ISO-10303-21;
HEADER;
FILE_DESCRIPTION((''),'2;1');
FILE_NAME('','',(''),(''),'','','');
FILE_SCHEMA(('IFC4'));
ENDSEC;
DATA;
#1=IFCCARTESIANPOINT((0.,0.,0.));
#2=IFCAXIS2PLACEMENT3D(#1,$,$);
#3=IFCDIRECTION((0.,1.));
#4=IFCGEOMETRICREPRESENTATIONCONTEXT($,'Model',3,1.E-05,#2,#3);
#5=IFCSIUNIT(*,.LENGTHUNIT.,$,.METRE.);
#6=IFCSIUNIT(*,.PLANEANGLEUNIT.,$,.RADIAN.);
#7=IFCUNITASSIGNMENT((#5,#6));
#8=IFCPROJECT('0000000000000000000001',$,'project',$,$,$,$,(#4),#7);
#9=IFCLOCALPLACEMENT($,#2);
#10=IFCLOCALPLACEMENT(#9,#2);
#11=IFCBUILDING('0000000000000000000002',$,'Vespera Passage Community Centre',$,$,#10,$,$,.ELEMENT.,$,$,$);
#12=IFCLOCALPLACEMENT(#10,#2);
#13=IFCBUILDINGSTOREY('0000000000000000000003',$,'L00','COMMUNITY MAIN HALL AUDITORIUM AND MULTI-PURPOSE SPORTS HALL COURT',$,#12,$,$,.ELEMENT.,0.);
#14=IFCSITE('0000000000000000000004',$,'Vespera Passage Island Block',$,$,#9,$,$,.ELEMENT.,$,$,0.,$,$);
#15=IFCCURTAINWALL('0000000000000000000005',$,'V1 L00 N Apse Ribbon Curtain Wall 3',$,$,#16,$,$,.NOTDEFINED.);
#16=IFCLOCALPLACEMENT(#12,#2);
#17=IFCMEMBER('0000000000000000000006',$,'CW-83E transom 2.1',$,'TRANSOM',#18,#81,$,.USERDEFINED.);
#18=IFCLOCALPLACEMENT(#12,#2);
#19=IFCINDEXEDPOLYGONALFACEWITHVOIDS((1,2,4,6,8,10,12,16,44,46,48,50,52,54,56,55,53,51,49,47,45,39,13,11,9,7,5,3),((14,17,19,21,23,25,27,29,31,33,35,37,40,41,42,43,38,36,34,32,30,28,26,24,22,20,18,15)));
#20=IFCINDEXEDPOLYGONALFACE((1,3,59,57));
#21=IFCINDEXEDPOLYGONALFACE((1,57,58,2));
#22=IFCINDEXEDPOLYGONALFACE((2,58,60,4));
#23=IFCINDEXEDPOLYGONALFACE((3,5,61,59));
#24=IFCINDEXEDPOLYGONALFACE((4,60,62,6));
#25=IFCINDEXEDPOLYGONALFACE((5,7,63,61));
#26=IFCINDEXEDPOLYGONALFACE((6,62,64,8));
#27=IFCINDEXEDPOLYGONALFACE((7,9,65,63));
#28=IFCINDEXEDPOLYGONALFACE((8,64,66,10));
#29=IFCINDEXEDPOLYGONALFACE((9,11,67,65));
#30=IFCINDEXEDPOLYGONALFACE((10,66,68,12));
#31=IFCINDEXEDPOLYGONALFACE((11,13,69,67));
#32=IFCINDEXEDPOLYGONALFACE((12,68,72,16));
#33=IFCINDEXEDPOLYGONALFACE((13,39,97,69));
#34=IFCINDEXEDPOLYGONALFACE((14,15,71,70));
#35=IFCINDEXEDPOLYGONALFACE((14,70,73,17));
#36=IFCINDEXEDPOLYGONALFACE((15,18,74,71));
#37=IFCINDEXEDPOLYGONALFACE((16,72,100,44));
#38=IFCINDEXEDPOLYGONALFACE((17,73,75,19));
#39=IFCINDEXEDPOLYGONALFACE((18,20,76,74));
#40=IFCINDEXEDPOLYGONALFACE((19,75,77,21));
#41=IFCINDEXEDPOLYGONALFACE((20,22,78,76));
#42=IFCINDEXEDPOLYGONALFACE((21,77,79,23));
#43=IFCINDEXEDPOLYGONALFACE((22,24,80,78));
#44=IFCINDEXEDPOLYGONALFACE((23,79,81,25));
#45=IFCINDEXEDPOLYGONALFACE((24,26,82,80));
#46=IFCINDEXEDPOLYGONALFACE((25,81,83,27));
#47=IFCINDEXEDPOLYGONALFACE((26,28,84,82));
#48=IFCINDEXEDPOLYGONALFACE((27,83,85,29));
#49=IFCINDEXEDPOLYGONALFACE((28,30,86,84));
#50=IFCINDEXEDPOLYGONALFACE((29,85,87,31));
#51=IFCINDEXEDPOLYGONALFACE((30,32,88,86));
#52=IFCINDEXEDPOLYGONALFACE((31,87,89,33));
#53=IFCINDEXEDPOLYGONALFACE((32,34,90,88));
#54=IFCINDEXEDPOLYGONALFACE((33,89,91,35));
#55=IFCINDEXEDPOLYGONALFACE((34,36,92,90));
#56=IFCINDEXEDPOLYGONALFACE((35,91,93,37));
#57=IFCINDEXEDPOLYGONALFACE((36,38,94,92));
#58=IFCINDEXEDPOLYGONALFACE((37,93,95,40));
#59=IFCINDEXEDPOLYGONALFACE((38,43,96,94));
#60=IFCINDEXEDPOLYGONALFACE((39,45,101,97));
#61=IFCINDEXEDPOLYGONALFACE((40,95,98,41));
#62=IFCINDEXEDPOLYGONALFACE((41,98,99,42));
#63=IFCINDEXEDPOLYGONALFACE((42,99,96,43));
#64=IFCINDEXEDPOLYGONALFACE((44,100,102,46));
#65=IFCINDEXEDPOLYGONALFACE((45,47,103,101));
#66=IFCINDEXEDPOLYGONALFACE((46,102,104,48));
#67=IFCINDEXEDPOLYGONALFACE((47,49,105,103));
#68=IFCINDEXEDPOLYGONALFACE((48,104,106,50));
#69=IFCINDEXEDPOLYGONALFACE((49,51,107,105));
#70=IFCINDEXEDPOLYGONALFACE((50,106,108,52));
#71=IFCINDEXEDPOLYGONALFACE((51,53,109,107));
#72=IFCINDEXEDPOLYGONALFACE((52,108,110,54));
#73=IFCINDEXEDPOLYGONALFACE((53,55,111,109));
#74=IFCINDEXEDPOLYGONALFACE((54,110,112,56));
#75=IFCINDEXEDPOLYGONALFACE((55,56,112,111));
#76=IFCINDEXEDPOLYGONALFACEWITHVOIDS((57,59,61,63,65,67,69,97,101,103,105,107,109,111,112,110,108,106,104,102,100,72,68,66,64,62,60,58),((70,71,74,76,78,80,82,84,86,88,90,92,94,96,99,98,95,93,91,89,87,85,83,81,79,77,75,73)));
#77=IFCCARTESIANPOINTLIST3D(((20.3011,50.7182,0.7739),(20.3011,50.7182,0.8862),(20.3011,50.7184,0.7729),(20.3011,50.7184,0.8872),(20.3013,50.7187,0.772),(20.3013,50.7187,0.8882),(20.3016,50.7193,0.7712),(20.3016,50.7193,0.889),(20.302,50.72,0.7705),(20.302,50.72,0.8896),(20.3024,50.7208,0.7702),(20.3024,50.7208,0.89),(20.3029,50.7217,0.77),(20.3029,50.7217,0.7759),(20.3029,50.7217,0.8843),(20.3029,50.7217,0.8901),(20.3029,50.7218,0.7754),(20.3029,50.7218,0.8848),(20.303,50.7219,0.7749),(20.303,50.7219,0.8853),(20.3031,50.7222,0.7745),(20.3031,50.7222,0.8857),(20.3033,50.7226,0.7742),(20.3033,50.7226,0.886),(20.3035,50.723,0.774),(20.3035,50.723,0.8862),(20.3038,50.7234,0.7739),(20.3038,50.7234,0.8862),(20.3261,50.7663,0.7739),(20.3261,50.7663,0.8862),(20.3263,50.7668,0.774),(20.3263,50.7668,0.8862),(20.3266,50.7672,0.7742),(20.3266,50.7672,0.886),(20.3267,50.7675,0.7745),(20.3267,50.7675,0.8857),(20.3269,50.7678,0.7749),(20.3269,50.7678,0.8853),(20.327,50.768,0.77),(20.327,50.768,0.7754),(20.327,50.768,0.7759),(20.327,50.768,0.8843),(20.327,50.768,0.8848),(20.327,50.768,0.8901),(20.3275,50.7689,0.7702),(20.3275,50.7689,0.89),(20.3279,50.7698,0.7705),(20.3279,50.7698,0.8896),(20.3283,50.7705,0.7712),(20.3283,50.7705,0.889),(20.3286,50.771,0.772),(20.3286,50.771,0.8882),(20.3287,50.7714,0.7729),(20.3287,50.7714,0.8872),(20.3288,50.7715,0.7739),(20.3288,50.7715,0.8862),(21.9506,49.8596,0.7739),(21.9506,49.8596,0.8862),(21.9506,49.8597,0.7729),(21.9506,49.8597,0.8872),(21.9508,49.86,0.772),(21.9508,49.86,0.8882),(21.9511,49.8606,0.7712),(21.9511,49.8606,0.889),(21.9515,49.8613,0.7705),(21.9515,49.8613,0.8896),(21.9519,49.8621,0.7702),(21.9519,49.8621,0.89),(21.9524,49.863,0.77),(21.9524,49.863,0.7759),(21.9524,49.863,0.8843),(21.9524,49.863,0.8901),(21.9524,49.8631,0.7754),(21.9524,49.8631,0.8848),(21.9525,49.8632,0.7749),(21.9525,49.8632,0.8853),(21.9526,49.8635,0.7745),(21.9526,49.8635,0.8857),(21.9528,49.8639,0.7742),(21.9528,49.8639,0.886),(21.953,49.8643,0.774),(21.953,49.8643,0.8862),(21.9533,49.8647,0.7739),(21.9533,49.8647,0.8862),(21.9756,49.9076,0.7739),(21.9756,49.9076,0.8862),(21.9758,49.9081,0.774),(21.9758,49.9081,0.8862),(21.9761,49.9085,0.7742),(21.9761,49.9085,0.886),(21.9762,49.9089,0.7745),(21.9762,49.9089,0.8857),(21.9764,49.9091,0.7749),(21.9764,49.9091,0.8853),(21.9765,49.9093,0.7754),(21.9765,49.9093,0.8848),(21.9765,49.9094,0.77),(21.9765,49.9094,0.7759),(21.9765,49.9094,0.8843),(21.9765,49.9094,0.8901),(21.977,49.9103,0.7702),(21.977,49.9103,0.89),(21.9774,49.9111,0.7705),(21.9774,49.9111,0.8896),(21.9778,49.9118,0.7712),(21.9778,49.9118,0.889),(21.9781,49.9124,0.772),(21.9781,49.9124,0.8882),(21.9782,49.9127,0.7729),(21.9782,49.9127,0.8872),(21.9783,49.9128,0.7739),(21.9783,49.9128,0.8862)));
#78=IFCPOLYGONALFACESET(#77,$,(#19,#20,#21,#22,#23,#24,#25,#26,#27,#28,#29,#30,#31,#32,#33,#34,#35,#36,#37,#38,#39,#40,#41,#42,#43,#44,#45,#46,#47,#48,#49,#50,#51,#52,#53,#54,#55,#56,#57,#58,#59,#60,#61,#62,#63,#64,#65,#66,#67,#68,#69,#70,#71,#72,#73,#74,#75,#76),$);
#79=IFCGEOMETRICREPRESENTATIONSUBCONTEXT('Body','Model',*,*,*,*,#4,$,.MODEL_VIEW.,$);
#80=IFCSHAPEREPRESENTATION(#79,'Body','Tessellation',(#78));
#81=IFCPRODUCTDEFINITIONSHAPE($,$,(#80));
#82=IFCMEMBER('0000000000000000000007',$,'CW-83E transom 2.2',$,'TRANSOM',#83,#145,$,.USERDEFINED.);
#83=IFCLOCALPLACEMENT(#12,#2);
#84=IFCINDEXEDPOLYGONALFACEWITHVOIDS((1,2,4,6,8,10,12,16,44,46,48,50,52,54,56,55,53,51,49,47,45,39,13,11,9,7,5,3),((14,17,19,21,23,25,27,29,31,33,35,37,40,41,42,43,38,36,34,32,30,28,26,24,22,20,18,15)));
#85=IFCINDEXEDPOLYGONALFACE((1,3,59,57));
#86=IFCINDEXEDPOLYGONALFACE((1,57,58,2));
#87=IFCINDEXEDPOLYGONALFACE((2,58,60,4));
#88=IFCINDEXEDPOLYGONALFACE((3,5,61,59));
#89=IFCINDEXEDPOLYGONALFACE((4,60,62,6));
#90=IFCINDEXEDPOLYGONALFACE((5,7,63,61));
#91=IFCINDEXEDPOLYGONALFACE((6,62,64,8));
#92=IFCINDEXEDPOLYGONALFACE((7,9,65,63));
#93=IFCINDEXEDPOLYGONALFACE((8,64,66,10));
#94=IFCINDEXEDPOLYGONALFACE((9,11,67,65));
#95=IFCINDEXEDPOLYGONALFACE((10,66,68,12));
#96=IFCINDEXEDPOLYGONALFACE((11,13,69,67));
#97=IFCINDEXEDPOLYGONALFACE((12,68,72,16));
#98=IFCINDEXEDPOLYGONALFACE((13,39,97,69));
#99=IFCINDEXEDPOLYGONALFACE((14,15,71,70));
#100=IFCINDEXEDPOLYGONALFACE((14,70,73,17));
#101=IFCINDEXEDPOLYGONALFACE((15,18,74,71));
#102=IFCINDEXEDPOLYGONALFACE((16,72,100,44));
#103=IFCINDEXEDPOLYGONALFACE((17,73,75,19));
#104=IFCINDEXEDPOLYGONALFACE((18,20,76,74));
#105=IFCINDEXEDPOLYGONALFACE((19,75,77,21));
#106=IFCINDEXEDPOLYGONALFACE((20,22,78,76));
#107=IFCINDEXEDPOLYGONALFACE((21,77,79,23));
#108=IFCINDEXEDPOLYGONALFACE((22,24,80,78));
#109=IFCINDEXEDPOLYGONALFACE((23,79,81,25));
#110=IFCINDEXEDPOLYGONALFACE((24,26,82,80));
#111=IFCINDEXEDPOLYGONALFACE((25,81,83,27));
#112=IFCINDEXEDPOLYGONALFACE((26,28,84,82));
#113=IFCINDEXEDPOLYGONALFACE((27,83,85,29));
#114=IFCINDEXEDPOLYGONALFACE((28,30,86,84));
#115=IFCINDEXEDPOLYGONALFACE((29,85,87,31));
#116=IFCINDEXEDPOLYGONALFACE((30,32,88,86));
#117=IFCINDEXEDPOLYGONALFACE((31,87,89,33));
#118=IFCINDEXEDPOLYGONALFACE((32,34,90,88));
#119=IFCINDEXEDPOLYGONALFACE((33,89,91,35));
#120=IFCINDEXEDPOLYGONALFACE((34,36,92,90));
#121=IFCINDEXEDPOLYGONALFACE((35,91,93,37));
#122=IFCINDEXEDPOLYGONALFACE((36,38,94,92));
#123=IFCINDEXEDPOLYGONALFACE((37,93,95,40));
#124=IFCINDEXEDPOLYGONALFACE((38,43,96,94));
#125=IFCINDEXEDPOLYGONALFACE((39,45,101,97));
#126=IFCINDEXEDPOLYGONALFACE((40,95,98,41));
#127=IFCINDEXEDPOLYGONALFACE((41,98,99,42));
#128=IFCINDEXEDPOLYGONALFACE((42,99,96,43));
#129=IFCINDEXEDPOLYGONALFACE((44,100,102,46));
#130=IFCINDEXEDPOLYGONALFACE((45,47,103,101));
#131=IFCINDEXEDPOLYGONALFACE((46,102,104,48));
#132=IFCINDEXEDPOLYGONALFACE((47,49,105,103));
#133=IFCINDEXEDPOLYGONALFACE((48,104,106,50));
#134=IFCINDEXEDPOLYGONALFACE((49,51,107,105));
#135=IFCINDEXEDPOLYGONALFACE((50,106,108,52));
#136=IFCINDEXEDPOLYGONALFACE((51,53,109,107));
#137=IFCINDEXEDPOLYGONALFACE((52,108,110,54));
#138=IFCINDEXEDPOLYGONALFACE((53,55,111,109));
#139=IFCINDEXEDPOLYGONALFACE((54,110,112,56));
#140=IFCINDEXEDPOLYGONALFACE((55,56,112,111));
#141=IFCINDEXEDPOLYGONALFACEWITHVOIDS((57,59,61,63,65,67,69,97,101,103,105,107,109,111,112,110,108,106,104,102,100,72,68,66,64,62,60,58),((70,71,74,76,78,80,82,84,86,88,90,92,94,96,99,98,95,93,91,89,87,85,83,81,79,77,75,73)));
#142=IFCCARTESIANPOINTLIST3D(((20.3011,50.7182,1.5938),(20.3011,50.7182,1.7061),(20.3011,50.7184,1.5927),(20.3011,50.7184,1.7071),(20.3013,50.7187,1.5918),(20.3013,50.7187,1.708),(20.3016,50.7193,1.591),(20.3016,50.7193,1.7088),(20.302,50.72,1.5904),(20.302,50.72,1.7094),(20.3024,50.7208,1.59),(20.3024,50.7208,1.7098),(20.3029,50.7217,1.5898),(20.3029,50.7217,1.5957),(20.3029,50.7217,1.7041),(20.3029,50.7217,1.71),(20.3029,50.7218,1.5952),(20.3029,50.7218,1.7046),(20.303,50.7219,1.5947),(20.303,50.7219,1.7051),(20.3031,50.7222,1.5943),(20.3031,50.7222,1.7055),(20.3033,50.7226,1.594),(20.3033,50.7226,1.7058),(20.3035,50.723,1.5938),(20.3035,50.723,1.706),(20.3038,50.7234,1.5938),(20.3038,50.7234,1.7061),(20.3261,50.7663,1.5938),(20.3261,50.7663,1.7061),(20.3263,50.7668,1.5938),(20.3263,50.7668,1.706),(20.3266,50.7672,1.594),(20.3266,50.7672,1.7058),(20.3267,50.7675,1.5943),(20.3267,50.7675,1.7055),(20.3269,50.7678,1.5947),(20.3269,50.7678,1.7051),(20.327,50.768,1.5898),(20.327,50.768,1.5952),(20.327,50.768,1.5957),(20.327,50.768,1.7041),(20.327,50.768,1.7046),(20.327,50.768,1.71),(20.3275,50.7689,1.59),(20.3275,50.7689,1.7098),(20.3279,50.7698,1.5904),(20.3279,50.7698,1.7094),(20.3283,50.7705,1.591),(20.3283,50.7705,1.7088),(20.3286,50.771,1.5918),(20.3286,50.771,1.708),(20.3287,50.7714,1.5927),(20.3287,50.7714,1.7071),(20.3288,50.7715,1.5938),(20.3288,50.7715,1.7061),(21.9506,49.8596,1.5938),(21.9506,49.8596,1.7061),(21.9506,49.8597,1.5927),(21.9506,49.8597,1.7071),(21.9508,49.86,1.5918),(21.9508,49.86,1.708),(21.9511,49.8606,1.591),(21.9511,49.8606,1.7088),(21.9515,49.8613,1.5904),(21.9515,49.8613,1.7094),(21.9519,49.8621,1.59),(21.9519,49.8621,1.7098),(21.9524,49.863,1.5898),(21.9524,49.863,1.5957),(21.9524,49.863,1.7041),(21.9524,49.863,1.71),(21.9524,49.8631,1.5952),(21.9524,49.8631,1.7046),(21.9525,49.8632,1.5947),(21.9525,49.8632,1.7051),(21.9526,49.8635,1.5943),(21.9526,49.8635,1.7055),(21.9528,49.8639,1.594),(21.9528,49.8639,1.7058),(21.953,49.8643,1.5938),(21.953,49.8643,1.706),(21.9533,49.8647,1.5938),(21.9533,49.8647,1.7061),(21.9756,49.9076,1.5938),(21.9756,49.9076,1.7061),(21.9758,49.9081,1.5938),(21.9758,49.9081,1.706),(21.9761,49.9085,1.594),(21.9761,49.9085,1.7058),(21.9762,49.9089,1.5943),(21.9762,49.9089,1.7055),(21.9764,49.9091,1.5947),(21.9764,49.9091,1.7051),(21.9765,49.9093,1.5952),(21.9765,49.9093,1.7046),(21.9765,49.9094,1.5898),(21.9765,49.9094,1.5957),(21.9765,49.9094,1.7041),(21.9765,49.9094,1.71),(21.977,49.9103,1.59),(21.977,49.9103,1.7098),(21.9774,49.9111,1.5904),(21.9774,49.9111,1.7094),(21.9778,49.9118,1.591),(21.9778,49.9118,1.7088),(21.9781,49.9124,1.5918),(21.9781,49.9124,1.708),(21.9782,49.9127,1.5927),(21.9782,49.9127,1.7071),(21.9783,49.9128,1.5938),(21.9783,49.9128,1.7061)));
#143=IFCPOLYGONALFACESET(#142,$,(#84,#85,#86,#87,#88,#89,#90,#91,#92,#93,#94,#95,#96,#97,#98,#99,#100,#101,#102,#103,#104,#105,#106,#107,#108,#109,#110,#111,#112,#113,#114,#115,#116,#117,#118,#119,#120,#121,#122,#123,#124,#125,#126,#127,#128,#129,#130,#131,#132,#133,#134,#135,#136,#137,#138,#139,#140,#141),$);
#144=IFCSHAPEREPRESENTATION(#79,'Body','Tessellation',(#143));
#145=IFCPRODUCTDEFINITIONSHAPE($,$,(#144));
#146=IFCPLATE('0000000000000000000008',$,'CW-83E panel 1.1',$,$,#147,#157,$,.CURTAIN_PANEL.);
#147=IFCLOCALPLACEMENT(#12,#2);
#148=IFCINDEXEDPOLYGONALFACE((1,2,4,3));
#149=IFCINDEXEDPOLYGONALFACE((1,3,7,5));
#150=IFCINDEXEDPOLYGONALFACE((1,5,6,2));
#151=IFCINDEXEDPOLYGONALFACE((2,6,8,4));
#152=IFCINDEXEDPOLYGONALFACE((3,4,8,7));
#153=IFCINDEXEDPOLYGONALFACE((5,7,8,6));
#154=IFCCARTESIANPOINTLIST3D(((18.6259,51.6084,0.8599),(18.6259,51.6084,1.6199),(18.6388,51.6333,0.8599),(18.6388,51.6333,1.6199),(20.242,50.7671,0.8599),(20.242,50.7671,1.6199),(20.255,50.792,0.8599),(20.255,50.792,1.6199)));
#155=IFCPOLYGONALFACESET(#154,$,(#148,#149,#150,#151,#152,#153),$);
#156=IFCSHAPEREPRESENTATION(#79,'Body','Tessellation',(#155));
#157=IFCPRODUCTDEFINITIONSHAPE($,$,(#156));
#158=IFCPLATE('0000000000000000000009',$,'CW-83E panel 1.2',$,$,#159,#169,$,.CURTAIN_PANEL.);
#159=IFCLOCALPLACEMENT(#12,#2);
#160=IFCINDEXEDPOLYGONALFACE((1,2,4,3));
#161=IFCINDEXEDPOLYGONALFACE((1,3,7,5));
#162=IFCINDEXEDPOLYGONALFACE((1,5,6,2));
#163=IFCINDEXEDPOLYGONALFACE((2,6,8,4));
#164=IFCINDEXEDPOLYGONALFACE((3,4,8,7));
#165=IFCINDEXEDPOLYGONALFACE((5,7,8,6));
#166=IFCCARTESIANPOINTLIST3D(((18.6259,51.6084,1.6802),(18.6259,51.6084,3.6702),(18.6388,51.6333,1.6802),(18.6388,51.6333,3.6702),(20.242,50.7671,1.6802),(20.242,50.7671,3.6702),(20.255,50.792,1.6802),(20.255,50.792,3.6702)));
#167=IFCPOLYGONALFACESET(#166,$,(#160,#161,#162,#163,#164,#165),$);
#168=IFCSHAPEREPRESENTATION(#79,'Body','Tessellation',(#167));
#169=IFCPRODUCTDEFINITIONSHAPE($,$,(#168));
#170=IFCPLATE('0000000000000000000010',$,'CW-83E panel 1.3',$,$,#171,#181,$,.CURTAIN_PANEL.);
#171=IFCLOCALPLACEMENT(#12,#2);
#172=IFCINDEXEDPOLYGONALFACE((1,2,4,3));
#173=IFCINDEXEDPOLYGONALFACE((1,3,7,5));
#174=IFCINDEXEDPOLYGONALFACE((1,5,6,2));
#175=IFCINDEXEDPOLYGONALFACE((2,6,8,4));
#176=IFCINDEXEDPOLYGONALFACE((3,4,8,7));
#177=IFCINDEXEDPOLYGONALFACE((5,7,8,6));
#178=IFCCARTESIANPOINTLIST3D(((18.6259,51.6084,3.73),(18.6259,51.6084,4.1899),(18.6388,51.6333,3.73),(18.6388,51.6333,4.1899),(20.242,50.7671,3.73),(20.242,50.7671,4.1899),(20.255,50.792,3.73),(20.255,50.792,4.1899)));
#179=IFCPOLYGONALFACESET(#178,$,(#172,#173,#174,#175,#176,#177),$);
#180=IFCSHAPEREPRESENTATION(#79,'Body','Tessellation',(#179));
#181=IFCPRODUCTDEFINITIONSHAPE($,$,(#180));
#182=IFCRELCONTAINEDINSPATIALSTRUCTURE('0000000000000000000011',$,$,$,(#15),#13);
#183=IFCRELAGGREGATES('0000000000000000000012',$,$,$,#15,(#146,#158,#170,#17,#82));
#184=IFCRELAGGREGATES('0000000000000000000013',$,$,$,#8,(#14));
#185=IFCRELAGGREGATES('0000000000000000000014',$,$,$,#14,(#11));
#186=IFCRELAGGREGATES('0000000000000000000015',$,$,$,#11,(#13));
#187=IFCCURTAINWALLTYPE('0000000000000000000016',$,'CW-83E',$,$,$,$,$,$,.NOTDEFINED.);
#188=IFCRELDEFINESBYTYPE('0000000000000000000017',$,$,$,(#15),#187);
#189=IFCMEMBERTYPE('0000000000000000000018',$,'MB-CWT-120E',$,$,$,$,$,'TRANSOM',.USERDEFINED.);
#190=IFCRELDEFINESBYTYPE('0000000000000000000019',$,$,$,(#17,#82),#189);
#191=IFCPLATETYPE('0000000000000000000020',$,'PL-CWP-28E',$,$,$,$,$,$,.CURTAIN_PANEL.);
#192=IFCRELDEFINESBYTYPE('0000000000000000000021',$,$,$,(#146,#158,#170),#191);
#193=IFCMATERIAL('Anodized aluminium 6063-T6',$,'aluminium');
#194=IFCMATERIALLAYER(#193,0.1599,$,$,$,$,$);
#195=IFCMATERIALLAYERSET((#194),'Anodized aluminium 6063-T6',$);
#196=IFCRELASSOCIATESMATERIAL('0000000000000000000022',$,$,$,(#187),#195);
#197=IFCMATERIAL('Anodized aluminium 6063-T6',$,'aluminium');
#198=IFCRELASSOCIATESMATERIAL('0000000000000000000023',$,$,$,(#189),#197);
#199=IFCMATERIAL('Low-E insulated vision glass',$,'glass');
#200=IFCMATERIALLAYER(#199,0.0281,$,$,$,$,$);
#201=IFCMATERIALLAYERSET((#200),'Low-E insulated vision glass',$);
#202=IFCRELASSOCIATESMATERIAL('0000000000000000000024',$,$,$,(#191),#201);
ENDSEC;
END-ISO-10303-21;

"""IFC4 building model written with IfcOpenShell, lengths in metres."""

from ifc_helpers import new_model, si_unit, direction, frame, origin, origin_2d, place, context, subcontext, project, spatial, rectangle, hollow_rectangle, extrude, material, layer, layer_set, material_profile, profile_set, type_object, element, aggregate, save


model = new_model("IFC4")

# Units and contexts
model_context = context("Model", 3, precision=1e-05, world=origin(), true_north=direction((0.0, 1.0)))
body_context = subcontext(model_context, "Body", "Model", "MODEL_VIEW")
ifc_project = project(units=[si_unit("LENGTHUNIT", "METRE"), si_unit("PLANEANGLEUNIT", "RADIAN")], contexts=[model_context])

# Site, building, storey
site_placement = place(None, origin())
site = spatial("IfcSite", under=ifc_project, at=site_placement, Name="Vespera Passage Island Block", CompositionType="ELEMENT", RefElevation=0.0)
building_placement = place(site_placement, origin())
building = spatial("IfcBuilding", under=site, at=building_placement, Name="Vespera Passage Community Centre", CompositionType="ELEMENT")
storey_placement = place(building_placement, origin())
storey = spatial("IfcBuildingStorey", under=building, at=storey_placement, Name="L00", Description="COMMUNITY MAIN HALL AUDITORIUM AND MULTI-PURPOSE SPORTS HALL COURT", CompositionType="ELEMENT", Elevation=0.0)

# Curtain wall, members, plates
ifc_material_1 = material(Name="Anodized aluminium 6063-T6", Category="aluminium")
ifc_layer_1 = layer(ifc_material_1, 0.1599)
ifc_layer_set_1 = layer_set([ifc_layer_1], Name="Anodized aluminium 6063-T6")
curtain_wall_type = type_object("IfcCurtainWallType", Name="CW-83E", PredefinedType="NOTDEFINED", material=ifc_layer_set_1)
curtain_wall_placement = place(storey_placement, origin())
curtain_wall = element("IfcCurtainWall", 1, at=curtain_wall_placement, inside=storey, type_object=curtain_wall_type, Name="V1 L00 N Apse Ribbon Curtain Wall 3", PredefinedType="NOTDEFINED")
ifc_material_2 = material(Name="Anodized aluminium 6063-T6", Category="aluminium")
ifc_material_profile_1 = material_profile(ifc_material_2, hollow_rectangle(XDim=0.0601, YDim=0.1201, WallThickness=0.0039, InnerFilletRadius=0.002, OuterFilletRadius=0.0039, at=origin_2d()), Name="ALU120X60X4")
ifc_profile_set_1 = profile_set([ifc_material_profile_1], Name="Anodized aluminium 6063-T6")
member_type_1 = type_object("IfcMemberType", Name="MB-CWT-120E", ElementType="TRANSOM", PredefinedType="USERDEFINED", material=ifc_profile_set_1)
member_1_placement = place(storey_placement, frame((20.3149, 50.7449, 0.8301), z_axis=(0.887008, -0.461754, 0.0), x_axis=(0.461754, 0.887008, 0.0)))
member_1 = element("IfcMember", 2, at=member_1_placement, type_object=member_type_1, Name="CW-83E transom 2.1", ObjectType="TRANSOM", PredefinedType="USERDEFINED", context=body_context, shape_type="SweptSolid", body=[
    extrude(hollow_rectangle(XDim=0.0601, YDim=0.1201, WallThickness=0.0039, InnerFilletRadius=0.002, OuterFilletRadius=0.0039, at=origin_2d()), origin(), (0.0, 0.0, 1.0), 1.8596),
])
member_2_placement = place(storey_placement, frame((20.3149, 50.7449, 1.6499), z_axis=(0.887008, -0.461754, 0.0), x_axis=(0.461754, 0.887008, 0.0)))
member_2 = element("IfcMember", 3, at=member_2_placement, type_object=member_type_1, Name="CW-83E transom 2.2", ObjectType="TRANSOM", PredefinedType="USERDEFINED", context=body_context, shape_type="SweptSolid", body=[
    extrude(hollow_rectangle(XDim=0.0601, YDim=0.1201, WallThickness=0.0039, InnerFilletRadius=0.002, OuterFilletRadius=0.0039, at=origin_2d()), origin(), (0.0, 0.0, 1.0), 1.8596),
])
ifc_material_3 = material(Name="Low-E insulated vision glass", Category="glass")
ifc_layer_2 = layer(ifc_material_3, 0.0281)
ifc_layer_set_2 = layer_set([ifc_layer_2], Name="Low-E insulated vision glass")
plate_type = type_object("IfcPlateType", Name="PL-CWP-28E", PredefinedType="CURTAIN_PANEL", material=ifc_layer_set_2)
plate_1_placement = place(storey_placement, frame((19.4404, 51.2002, 0.8599), z_axis=(0.0, 0.0, 1.0), x_axis=(0.887013, -0.461745, 0.0)))
plate_1 = element("IfcPlate", 4, at=plate_1_placement, type_object=plate_type, Name="CW-83E panel 1.1", PredefinedType="CURTAIN_PANEL", context=body_context, shape_type="SweptSolid", body=[
    extrude(rectangle(XDim=1.822, YDim=0.0281, at=origin_2d()), origin(), (0.0, 0.0, 1.0), 0.76),
])
plate_2_placement = place(storey_placement, frame((19.4404, 51.2002, 1.6802), z_axis=(0.0, 0.0, 1.0), x_axis=(0.887013, -0.461745, 0.0)))
plate_2 = element("IfcPlate", 5, at=plate_2_placement, type_object=plate_type, Name="CW-83E panel 1.2", PredefinedType="CURTAIN_PANEL", context=body_context, shape_type="SweptSolid", body=[
    extrude(rectangle(XDim=1.822, YDim=0.0281, at=origin_2d()), origin(), (0.0, 0.0, 1.0), 1.99),
])
plate_3_placement = place(storey_placement, frame((19.4404, 51.2002, 3.73), z_axis=(0.0, 0.0, 1.0), x_axis=(0.887013, -0.461745, 0.0)))
plate_3 = element("IfcPlate", 6, at=plate_3_placement, type_object=plate_type, Name="CW-83E panel 1.3", PredefinedType="CURTAIN_PANEL", context=body_context, shape_type="SweptSolid", body=[
    extrude(rectangle(XDim=1.822, YDim=0.0281, at=origin_2d()), origin(), (0.0, 0.0, 1.0), 0.46),
])
aggregate(curtain_wall, [plate_1, plate_2, plate_3, member_1, member_2])

save(model, "model.ifc")
